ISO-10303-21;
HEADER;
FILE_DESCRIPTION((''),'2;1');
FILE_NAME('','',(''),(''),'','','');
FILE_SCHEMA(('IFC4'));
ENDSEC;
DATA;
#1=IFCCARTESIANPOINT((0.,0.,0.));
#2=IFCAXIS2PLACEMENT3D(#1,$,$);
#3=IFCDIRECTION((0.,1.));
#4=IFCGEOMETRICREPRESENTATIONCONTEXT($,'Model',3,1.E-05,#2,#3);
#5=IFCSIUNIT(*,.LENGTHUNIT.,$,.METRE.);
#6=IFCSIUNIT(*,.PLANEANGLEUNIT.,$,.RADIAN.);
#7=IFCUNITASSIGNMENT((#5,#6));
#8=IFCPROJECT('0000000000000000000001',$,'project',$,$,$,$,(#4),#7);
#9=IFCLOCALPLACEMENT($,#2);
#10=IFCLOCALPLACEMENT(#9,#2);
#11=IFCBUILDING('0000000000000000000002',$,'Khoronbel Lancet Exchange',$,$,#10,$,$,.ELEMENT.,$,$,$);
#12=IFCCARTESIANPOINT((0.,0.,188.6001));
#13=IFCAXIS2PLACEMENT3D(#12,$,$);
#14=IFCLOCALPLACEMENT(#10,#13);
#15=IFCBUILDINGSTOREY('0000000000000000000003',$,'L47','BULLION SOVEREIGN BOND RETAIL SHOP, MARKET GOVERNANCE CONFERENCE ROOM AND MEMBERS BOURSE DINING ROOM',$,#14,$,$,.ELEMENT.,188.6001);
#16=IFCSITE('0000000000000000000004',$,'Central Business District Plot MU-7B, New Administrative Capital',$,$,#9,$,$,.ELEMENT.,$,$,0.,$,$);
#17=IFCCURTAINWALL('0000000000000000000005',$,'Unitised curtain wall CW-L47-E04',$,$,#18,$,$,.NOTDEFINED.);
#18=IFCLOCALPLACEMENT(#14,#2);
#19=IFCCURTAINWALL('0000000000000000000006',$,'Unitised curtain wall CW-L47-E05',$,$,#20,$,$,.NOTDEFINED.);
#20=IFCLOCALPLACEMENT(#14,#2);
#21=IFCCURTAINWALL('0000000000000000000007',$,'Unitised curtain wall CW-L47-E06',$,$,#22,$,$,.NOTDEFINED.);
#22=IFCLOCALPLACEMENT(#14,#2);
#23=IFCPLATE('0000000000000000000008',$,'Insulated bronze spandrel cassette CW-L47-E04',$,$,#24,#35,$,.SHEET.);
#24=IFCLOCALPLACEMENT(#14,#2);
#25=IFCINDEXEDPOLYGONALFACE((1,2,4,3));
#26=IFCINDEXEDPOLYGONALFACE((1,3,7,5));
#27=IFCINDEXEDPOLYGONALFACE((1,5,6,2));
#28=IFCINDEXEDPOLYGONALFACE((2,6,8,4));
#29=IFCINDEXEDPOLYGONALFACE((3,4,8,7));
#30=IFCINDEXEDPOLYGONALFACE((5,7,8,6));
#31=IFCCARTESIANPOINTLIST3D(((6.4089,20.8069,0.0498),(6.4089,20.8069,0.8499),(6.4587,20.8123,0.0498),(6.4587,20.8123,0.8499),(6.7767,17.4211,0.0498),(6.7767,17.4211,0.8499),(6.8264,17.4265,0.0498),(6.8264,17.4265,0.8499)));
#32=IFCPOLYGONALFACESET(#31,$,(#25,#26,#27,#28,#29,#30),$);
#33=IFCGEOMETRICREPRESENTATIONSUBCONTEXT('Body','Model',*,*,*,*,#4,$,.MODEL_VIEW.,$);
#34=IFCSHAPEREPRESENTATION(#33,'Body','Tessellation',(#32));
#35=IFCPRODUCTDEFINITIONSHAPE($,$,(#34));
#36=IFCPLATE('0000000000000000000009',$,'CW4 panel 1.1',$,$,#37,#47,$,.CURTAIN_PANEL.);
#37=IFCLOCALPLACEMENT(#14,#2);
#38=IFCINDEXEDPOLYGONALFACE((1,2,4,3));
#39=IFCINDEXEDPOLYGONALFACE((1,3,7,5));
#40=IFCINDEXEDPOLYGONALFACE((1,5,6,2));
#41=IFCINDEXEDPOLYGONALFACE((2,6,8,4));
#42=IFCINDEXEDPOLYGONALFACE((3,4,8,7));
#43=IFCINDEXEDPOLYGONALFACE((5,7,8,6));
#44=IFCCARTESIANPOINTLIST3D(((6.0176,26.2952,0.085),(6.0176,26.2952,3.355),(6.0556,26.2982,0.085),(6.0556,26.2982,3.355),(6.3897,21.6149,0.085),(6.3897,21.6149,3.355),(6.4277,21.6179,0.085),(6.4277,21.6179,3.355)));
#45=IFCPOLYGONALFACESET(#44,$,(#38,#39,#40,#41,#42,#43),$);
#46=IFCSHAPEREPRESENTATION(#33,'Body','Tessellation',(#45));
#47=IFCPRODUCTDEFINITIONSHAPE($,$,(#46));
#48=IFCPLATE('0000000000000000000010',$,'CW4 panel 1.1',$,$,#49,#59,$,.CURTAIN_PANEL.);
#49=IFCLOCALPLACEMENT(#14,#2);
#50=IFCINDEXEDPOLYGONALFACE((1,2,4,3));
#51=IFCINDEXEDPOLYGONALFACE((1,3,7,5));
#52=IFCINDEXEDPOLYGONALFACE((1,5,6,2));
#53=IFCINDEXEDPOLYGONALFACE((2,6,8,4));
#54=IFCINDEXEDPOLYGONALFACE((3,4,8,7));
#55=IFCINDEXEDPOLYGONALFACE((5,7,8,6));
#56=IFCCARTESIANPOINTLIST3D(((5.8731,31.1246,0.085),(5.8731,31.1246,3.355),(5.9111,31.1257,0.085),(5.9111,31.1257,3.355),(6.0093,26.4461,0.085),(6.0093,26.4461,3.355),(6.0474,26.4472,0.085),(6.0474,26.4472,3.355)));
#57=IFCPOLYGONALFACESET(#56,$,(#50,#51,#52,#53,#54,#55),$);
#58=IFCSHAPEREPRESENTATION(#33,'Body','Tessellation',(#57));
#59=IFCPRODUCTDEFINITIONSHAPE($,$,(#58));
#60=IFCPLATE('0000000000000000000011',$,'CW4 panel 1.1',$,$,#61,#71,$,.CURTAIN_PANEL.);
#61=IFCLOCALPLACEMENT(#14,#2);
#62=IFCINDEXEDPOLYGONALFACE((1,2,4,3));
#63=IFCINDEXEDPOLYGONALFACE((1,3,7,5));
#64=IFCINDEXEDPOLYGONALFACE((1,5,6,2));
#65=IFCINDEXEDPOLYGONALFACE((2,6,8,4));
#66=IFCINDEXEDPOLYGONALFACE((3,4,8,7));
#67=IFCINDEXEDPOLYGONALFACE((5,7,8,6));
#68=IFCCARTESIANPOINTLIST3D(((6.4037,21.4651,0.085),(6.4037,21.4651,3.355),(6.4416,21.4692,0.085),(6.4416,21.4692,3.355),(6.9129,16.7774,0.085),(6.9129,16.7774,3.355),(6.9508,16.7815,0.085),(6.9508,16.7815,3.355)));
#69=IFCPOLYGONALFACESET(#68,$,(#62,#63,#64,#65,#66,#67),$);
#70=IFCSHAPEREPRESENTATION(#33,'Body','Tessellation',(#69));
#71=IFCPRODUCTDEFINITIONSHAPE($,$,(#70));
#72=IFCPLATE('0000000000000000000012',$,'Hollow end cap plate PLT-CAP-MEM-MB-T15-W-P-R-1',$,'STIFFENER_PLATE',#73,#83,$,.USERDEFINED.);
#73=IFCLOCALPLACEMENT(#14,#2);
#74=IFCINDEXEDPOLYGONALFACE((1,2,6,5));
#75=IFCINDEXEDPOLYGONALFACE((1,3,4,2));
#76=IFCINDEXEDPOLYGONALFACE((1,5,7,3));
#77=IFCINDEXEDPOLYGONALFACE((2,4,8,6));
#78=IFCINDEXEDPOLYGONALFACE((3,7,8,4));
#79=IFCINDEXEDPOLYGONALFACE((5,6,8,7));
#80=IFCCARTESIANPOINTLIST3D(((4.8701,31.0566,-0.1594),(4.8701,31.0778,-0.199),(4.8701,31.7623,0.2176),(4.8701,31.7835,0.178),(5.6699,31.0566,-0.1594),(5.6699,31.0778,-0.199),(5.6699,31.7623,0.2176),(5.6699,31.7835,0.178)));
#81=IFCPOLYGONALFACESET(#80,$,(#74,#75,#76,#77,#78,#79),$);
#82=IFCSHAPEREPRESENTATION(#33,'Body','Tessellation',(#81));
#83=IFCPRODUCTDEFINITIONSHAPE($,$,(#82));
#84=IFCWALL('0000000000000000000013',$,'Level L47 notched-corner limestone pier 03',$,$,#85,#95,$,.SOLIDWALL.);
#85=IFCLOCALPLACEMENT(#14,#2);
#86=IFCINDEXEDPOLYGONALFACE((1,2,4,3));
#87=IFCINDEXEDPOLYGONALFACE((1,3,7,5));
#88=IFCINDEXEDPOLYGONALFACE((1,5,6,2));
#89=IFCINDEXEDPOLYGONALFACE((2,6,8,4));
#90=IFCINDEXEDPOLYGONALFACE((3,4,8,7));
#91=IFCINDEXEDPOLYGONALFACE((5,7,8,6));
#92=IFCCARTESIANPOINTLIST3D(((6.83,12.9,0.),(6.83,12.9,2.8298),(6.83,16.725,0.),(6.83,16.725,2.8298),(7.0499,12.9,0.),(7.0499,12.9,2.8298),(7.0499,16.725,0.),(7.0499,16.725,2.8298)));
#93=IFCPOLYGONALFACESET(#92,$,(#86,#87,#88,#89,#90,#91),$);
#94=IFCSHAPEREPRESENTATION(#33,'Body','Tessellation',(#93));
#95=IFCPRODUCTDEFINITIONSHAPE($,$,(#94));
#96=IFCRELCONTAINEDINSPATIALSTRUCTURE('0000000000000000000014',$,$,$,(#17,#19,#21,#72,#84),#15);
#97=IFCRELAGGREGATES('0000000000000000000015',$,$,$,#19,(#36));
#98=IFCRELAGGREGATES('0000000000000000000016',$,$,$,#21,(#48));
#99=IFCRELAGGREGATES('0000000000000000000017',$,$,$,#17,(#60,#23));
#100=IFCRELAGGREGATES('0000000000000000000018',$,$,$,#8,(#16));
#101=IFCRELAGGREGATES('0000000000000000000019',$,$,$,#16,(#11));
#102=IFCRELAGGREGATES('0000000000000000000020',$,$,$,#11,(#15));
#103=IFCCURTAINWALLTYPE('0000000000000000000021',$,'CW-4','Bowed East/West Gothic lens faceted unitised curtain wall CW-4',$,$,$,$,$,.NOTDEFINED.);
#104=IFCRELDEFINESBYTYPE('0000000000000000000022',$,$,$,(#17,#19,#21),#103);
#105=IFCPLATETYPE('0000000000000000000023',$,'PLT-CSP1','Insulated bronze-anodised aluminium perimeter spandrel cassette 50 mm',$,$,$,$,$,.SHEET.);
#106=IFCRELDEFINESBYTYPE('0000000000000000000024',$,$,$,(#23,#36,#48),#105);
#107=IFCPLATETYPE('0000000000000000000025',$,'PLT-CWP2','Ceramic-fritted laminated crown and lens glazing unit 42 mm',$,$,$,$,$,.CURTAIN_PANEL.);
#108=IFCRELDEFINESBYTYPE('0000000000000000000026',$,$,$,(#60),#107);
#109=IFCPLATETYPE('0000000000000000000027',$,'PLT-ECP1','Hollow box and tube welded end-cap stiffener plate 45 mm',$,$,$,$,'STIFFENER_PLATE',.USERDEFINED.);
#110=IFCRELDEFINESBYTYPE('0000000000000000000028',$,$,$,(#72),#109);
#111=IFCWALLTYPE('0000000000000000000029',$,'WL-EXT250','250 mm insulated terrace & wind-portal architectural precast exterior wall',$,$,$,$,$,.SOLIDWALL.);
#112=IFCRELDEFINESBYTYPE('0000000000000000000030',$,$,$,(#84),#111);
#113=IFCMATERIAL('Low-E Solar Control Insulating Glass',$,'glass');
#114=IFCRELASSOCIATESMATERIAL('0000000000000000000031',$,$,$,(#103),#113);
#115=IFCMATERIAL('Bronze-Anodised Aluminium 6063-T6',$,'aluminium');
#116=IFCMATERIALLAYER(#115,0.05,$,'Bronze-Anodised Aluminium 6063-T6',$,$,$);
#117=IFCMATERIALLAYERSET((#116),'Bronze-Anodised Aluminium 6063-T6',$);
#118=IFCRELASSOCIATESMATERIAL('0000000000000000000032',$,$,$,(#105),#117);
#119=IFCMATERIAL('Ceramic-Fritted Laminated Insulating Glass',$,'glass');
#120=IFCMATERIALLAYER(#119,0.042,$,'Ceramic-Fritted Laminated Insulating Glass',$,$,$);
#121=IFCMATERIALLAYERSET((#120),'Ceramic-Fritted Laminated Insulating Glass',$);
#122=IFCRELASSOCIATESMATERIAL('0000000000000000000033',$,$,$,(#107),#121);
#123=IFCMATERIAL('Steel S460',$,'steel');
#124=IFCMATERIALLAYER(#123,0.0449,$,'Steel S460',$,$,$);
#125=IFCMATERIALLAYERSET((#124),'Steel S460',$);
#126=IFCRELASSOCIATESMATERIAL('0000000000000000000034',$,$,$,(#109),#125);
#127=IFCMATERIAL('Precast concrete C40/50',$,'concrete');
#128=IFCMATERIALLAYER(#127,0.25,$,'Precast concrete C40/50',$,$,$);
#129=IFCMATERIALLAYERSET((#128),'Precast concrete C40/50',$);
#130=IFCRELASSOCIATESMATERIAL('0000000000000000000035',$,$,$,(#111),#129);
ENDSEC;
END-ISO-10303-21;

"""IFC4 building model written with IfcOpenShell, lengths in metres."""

from ifc_helpers import new_model, si_unit, direction, frame, frame_2d, origin, origin_2d, place, context, subcontext, project, spatial, polyline, rectangle, outline, extrude, material, layer, layer_set, type_object, element, aggregate, save


model = new_model("IFC4")

# Units and contexts
model_context = context("Model", 3, precision=1e-05, world=origin(), true_north=direction((0.0, 1.0)))
body_context = subcontext(model_context, "Body", "Model", "MODEL_VIEW")
ifc_project = project(units=[si_unit("LENGTHUNIT", "METRE"), si_unit("PLANEANGLEUNIT", "RADIAN")], contexts=[model_context])

# Site, building, storey
site_placement = place(None, origin())
site = spatial("IfcSite", under=ifc_project, at=site_placement, Name="Central Business District Plot MU-7B, New Administrative Capital", CompositionType="ELEMENT", RefElevation=0.0)
building_placement = place(site_placement, origin())
building = spatial("IfcBuilding", under=site, at=building_placement, Name="Khoronbel Lancet Exchange", CompositionType="ELEMENT")
storey_placement = place(building_placement, frame((0.0, 0.0, 188.6001)))
storey = spatial("IfcBuildingStorey", under=building, at=storey_placement, Name="L47", Description="BULLION SOVEREIGN BOND RETAIL SHOP, MARKET GOVERNANCE CONFERENCE ROOM AND MEMBERS BOURSE DINING ROOM", CompositionType="ELEMENT", Elevation=188.6001)

# Curtain walls
ifc_material_1 = material(Name="Low-E Solar Control Insulating Glass", Category="glass")
curtain_wall_type = type_object("IfcCurtainWallType", Name="CW-4", Description="Bowed East/West Gothic lens faceted unitised curtain wall CW-4", PredefinedType="NOTDEFINED", material=ifc_material_1)
curtain_wall_1_placement = place(storey_placement, origin())
curtain_wall_1 = element("IfcCurtainWall", 1, at=curtain_wall_1_placement, inside=storey, type_object=curtain_wall_type, Name="Unitised curtain wall CW-L47-E04", PredefinedType="NOTDEFINED")
ifc_material_2 = material(Name="Bronze-Anodised Aluminium 6063-T6", Category="aluminium")
curtain_wall_2_placement = place(storey_placement, origin())
curtain_wall_2 = element("IfcCurtainWall", 2, at=curtain_wall_2_placement, inside=storey, type_object=curtain_wall_type, Name="Unitised curtain wall CW-L47-E05", PredefinedType="NOTDEFINED")
curtain_wall_3_placement = place(storey_placement, origin())
curtain_wall_3 = element("IfcCurtainWall", 3, at=curtain_wall_3_placement, inside=storey, type_object=curtain_wall_type, Name="Unitised curtain wall CW-L47-E06", PredefinedType="NOTDEFINED")

# Shared definitions
ifc_material_3 = material(Name="Steel S460", Category="steel")

# Plates
ifc_layer_1 = layer(ifc_material_2, 0.05, Name="Bronze-Anodised Aluminium 6063-T6")
ifc_layer_set_1 = layer_set([ifc_layer_1], Name="Bronze-Anodised Aluminium 6063-T6")
plate_type_1 = type_object("IfcPlateType", Name="PLT-CSP1", Description="Insulated bronze-anodised aluminium perimeter spandrel cassette 50 mm", PredefinedType="SHEET", material=ifc_layer_set_1)
plate_1_placement = place(storey_placement, frame((6.6177, 19.1167, 0.0498), z_axis=(0.0, 0.0, 1.0), x_axis=(-0.10799, 0.994152, 0.0)))
plate_1 = element("IfcPlate", 4, at=plate_1_placement, type_object=plate_type_1, Name="Insulated bronze spandrel cassette CW-L47-E04", PredefinedType="SHEET", context=body_context, shape_type="SweptSolid", body=[
    extrude(rectangle(XDim=3.4058, YDim=0.05, at=origin_2d()), origin(), (0.0, 0.0, 1.0), 0.8),
])
plate_2_placement = place(storey_placement, frame((6.2227, 23.9565, 0.085), z_axis=(0.0, 0.0, 1.0), x_axis=(-0.079255, 0.996854, 0.0)))
plate_2 = element("IfcPlate", 5, at=plate_2_placement, type_object=plate_type_1, Name="CW4 panel 1.1", PredefinedType="CURTAIN_PANEL", context=body_context, shape_type="SweptSolid", body=[
    extrude(rectangle(XDim=4.6951, YDim=0.0381, at=origin_2d()), origin(), (0.0, 0.0, 1.0), 3.27),
])
aggregate(curtain_wall_2, [plate_2])
plate_3_placement = place(storey_placement, frame((5.9602, 28.7859, 0.085), z_axis=(0.0, 0.0, 1.0), x_axis=(-0.029107, 0.999576, 0.0)))
plate_3 = element("IfcPlate", 6, at=plate_3_placement, type_object=plate_type_1, Name="CW4 panel 1.1", PredefinedType="CURTAIN_PANEL", context=body_context, shape_type="SweptSolid", body=[
    extrude(rectangle(XDim=4.6804, YDim=0.0381, at=origin_2d()), origin(), (0.0, 0.0, 1.0), 3.27),
])
aggregate(curtain_wall_3, [plate_3])
ifc_material_4 = material(Name="Ceramic-Fritted Laminated Insulating Glass", Category="glass")
ifc_layer_2 = layer(ifc_material_4, 0.042, Name="Ceramic-Fritted Laminated Insulating Glass")
ifc_layer_set_2 = layer_set([ifc_layer_2], Name="Ceramic-Fritted Laminated Insulating Glass")
plate_type_2 = type_object("IfcPlateType", Name="PLT-CWP2", Description="Ceramic-fritted laminated crown and lens glazing unit 42 mm", PredefinedType="CURTAIN_PANEL", material=ifc_layer_set_2)
plate_4_placement = place(storey_placement, frame((6.6772, 19.1233, 0.085), z_axis=(0.0, 0.0, 1.0), x_axis=(-0.10799, 0.994152, 0.0)))
plate_4 = element("IfcPlate", 7, at=plate_4_placement, type_object=plate_type_2, Name="CW4 panel 1.1", PredefinedType="CURTAIN_PANEL", context=body_context, shape_type="SweptSolid", body=[
    extrude(rectangle(XDim=4.7153, YDim=0.0381, at=origin_2d()), origin(), (0.0, 0.0, 1.0), 3.27),
])
aggregate(curtain_wall_1, [plate_4, plate_1])
ifc_layer_3 = layer(ifc_material_3, 0.0449, Name="Steel S460")
ifc_layer_set_3 = layer_set([ifc_layer_3], Name="Steel S460")
plate_type_3 = type_object("IfcPlateType", Name="PLT-ECP1", Description="Hollow box and tube welded end-cap stiffener plate 45 mm", ElementType="STIFFENER_PLATE", PredefinedType="USERDEFINED", material=ifc_layer_set_3)
plate_5_placement = place(storey_placement, frame((4.8701, 31.0566, -0.1594), z_axis=(0.0, -0.471222, 0.882015), x_axis=(1.0, 0.0, 0.0)))
element("IfcPlate", 8, at=plate_5_placement, inside=storey, type_object=plate_type_3, Name="Hollow end cap plate PLT-CAP-MEM-MB-T15-W-P-R-1", ObjectType="STIFFENER_PLATE", PredefinedType="USERDEFINED", context=body_context, shape_type="SweptSolid", body=[
    extrude(outline(polyline([(0.0, 0.0), (0.7998, 0.0), (0.7998, 0.8), (0.0, 0.8), (0.0, 0.0)])), origin(), (0.0, 0.0, -1.0), 0.0449),
])

# Wall
ifc_material_5 = material(Name="Precast concrete C40/50", Category="concrete")
ifc_layer_4 = layer(ifc_material_5, 0.25, Name="Precast concrete C40/50")
ifc_layer_set_4 = layer_set([ifc_layer_4], Name="Precast concrete C40/50")
wall_type = type_object("IfcWallType", Name="WL-EXT250", Description="250 mm insulated terrace & wind-portal architectural precast exterior wall", PredefinedType="SOLIDWALL", material=ifc_layer_set_4)
wall_placement = place(storey_placement, frame((6.9399, 12.8999, 0.0), z_axis=(0.0, 0.0, 1.0), x_axis=(0.0, 1.0, 0.0)))
element("IfcWall", 9, at=wall_placement, inside=storey, type_object=wall_type, Name="Level L47 notched-corner limestone pier 03", PredefinedType="SOLIDWALL", context=body_context, shape_type="SweptSolid", body=[
    extrude(rectangle(XDim=3.825, YDim=0.22, at=frame_2d((1.9126, 0.0))), origin(), (0.0, 0.0, 1.0), 2.8298),
])

save(model, "model.ifc")
